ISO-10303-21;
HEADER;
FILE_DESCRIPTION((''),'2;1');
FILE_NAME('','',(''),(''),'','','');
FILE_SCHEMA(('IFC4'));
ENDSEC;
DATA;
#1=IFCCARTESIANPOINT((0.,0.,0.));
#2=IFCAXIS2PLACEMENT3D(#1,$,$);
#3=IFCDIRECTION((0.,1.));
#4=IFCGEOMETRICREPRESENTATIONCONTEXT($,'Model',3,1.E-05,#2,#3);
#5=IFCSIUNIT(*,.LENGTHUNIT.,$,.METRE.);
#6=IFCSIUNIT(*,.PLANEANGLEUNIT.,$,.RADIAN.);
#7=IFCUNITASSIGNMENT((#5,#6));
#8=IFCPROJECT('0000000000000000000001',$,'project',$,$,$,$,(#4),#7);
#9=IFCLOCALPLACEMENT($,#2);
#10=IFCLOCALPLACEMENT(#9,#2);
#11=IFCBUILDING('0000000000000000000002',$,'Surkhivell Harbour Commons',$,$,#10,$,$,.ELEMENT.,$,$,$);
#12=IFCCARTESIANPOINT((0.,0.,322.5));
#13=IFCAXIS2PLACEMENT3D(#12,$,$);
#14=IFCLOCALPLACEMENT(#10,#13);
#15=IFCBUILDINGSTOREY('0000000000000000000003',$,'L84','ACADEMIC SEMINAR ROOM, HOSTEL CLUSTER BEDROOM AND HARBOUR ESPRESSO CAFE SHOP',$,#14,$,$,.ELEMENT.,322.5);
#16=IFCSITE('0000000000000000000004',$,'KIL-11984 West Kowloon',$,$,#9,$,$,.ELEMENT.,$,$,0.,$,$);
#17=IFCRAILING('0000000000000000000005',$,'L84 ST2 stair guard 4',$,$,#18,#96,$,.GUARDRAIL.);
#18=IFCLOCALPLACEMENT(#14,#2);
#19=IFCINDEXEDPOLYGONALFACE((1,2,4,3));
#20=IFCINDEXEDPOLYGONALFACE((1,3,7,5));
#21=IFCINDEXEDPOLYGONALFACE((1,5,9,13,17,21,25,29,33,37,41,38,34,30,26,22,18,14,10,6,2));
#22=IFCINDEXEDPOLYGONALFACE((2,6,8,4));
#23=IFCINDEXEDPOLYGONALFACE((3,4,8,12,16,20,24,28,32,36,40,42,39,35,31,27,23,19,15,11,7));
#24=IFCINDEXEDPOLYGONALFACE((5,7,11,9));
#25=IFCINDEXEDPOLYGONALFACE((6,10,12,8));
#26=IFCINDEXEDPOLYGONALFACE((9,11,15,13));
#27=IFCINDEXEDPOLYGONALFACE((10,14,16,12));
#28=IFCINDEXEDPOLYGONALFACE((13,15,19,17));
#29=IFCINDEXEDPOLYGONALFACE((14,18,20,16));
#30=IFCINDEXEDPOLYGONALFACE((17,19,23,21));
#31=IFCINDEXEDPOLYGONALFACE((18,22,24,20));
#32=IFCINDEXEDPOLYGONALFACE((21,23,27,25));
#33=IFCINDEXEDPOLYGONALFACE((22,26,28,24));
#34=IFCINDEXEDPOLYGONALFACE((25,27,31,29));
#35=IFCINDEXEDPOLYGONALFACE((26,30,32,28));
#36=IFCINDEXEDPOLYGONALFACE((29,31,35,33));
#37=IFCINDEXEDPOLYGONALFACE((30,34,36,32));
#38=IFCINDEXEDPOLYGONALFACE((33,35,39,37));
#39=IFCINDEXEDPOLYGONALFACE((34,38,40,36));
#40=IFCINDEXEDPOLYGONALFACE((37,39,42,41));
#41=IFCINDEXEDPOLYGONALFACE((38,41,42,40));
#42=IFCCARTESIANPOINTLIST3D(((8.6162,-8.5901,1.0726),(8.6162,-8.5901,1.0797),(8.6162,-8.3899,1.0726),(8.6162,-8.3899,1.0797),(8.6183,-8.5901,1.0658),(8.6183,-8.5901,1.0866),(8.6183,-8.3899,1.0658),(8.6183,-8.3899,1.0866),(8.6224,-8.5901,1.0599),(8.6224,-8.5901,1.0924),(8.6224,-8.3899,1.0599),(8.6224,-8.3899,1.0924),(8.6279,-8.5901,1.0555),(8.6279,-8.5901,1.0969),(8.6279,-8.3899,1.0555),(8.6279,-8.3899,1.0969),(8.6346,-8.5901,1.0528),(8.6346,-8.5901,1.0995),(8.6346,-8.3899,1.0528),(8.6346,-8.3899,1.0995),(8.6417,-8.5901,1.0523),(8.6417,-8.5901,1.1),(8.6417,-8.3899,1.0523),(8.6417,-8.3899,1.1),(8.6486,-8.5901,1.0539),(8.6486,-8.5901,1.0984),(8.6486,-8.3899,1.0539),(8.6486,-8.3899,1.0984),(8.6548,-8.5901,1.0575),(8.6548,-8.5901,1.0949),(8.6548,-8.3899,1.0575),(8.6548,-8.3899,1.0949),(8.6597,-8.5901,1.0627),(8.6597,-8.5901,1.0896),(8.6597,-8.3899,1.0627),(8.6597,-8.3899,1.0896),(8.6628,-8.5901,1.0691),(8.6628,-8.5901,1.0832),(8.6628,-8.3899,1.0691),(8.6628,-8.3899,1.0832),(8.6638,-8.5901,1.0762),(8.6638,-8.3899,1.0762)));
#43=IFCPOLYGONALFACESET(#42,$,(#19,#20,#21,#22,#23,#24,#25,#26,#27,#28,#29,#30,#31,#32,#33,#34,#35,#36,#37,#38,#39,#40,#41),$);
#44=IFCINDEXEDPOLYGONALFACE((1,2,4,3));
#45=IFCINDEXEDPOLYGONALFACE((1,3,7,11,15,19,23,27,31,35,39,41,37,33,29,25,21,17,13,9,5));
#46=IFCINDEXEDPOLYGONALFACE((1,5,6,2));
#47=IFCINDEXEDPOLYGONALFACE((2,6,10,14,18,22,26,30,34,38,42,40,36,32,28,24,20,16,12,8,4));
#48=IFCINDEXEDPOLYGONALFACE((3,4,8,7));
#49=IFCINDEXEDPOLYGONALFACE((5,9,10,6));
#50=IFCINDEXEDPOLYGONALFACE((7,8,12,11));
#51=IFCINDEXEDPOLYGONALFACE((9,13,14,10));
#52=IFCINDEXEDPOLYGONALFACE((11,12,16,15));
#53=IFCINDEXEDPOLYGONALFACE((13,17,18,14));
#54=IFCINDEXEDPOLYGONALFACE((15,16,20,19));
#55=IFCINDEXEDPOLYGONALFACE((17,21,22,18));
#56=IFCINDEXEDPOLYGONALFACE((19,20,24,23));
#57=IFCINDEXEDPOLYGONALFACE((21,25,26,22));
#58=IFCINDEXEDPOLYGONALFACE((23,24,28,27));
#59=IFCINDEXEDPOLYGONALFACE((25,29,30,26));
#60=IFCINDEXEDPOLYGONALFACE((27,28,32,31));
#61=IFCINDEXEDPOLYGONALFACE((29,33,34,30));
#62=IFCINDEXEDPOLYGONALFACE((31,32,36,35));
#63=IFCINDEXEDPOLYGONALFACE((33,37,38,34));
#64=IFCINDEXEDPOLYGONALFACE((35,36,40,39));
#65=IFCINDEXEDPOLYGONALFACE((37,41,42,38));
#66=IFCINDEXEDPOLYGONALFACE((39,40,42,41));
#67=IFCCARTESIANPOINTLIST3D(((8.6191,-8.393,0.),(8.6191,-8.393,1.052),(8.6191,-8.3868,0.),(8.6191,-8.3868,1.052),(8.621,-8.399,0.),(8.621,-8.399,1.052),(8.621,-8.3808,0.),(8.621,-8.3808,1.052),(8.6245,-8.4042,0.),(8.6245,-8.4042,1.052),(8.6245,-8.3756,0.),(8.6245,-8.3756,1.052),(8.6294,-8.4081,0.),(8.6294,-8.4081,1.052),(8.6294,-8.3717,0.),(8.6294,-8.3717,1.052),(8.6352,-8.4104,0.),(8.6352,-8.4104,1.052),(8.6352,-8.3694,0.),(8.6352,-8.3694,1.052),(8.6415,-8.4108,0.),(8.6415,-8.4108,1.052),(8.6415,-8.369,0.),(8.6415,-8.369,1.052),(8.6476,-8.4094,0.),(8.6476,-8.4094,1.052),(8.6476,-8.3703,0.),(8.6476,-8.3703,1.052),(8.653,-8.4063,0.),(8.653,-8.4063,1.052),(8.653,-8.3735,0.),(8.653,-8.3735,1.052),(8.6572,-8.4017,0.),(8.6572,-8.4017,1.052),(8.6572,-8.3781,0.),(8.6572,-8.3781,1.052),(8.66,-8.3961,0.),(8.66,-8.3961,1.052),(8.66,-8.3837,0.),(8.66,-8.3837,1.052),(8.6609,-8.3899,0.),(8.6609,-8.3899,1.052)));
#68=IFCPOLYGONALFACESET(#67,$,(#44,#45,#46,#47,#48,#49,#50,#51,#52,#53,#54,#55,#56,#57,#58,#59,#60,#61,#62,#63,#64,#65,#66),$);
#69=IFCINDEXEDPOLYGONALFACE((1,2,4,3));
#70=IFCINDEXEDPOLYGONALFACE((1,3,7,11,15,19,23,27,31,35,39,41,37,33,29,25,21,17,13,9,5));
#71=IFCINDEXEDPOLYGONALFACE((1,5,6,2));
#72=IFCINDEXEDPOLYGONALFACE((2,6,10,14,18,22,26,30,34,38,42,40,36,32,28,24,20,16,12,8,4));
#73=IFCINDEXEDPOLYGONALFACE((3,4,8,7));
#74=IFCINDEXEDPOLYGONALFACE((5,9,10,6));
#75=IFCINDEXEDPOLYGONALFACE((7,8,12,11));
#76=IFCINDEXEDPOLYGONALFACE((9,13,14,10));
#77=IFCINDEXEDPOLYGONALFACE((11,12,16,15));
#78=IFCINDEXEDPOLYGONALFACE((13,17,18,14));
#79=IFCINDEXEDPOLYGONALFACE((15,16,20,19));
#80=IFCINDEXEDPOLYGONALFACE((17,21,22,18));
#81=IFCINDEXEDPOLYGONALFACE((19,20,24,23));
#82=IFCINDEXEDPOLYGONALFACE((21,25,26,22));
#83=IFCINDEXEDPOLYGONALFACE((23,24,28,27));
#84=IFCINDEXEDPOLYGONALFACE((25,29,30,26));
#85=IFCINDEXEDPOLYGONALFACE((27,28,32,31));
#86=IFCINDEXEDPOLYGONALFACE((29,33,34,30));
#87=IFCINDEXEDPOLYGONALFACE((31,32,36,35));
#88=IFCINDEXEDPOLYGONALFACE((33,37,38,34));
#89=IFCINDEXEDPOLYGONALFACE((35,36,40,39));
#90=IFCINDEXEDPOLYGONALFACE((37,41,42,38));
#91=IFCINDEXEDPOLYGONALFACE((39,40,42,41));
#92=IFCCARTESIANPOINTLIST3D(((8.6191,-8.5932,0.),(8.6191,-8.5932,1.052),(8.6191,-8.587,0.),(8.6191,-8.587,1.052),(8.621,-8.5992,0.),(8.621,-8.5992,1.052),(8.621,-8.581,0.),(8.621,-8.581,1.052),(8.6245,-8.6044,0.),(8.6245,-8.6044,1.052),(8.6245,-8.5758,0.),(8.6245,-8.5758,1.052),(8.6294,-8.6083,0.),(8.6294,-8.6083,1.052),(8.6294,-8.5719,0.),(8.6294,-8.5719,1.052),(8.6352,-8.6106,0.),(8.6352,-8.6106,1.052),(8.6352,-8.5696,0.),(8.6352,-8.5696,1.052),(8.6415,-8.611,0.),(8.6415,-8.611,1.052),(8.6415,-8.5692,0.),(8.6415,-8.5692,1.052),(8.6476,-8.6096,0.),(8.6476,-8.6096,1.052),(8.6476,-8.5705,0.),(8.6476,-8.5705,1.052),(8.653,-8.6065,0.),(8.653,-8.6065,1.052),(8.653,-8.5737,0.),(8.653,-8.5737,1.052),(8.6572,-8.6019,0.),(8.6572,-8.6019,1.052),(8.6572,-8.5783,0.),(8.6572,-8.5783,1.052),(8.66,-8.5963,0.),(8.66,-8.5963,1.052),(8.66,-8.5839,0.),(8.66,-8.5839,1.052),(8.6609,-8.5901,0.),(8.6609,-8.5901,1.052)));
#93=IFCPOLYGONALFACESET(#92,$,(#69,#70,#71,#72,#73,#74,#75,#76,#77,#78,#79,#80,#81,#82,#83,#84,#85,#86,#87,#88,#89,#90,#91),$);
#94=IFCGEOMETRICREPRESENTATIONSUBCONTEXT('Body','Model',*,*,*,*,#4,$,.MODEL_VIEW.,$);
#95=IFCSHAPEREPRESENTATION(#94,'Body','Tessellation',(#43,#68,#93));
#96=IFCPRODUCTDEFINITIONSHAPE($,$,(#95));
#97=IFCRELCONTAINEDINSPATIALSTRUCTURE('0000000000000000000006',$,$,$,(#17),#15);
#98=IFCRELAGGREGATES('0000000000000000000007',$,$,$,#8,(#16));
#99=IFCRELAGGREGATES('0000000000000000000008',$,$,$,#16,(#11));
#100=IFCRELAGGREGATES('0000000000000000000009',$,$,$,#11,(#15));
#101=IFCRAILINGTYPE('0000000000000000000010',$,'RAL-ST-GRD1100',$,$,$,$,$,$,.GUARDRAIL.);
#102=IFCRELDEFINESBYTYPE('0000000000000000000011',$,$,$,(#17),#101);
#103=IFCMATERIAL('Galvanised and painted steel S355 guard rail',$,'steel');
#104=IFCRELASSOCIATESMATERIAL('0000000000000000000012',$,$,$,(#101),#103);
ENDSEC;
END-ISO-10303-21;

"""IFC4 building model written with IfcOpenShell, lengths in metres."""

from ifc_helpers import new_model, si_unit, direction, frame, origin, origin_2d, place, context, subcontext, project, spatial, circle, extrude, material, type_object, element, save


model = new_model("IFC4")

# Units and contexts
model_context = context("Model", 3, precision=1e-05, world=origin(), true_north=direction((0.0, 1.0)))
body_context = subcontext(model_context, "Body", "Model", "MODEL_VIEW")
ifc_project = project(units=[si_unit("LENGTHUNIT", "METRE"), si_unit("PLANEANGLEUNIT", "RADIAN")], contexts=[model_context])

# Site, building, storey
site_placement = place(None, origin())
site = spatial("IfcSite", under=ifc_project, at=site_placement, Name="KIL-11984 West Kowloon", CompositionType="ELEMENT", RefElevation=0.0)
building_placement = place(site_placement, origin())
building = spatial("IfcBuilding", under=site, at=building_placement, Name="Surkhivell Harbour Commons", CompositionType="ELEMENT")
storey_placement = place(building_placement, frame((0.0, 0.0, 322.5)))
storey = spatial("IfcBuildingStorey", under=building, at=storey_placement, Name="L84", Description="ACADEMIC SEMINAR ROOM, HOSTEL CLUSTER BEDROOM AND HARBOUR ESPRESSO CAFE SHOP", CompositionType="ELEMENT", Elevation=322.5)

# Railing
ifc_material_1 = material(Name="Galvanised and painted steel S355 guard rail", Category="steel")
railing_type_1 = type_object("IfcRailingType", Name="RAL-ST-GRD1100", PredefinedType="GUARDRAIL", material=ifc_material_1)
railing_1_placement = place(storey_placement, frame((8.6399, -8.3899, 0.0)))
element("IfcRailing", 1, at=railing_1_placement, inside=storey, type_object=railing_type_1, Name="L84 ST2 stair guard 4", PredefinedType="GUARDRAIL", context=body_context, shape_type="SweptSolid", body=[
    extrude(circle(Radius=0.0239, at=origin_2d()), frame((0.0, 0.0, 1.0762), z_axis=(0.0, -1.0, 0.0), x_axis=(1.0, 0.0, 0.0)), (0.0, 0.0, 1.0), 0.2002),
    extrude(circle(Radius=0.021, at=origin_2d()), origin(), (0.0, 0.0, 1.0), 1.052),
    extrude(circle(Radius=0.021, at=origin_2d()), frame((0.0, -0.2002, 0.0)), (0.0, 0.0, 1.0), 1.052),
])

save(model, "model.ifc")
